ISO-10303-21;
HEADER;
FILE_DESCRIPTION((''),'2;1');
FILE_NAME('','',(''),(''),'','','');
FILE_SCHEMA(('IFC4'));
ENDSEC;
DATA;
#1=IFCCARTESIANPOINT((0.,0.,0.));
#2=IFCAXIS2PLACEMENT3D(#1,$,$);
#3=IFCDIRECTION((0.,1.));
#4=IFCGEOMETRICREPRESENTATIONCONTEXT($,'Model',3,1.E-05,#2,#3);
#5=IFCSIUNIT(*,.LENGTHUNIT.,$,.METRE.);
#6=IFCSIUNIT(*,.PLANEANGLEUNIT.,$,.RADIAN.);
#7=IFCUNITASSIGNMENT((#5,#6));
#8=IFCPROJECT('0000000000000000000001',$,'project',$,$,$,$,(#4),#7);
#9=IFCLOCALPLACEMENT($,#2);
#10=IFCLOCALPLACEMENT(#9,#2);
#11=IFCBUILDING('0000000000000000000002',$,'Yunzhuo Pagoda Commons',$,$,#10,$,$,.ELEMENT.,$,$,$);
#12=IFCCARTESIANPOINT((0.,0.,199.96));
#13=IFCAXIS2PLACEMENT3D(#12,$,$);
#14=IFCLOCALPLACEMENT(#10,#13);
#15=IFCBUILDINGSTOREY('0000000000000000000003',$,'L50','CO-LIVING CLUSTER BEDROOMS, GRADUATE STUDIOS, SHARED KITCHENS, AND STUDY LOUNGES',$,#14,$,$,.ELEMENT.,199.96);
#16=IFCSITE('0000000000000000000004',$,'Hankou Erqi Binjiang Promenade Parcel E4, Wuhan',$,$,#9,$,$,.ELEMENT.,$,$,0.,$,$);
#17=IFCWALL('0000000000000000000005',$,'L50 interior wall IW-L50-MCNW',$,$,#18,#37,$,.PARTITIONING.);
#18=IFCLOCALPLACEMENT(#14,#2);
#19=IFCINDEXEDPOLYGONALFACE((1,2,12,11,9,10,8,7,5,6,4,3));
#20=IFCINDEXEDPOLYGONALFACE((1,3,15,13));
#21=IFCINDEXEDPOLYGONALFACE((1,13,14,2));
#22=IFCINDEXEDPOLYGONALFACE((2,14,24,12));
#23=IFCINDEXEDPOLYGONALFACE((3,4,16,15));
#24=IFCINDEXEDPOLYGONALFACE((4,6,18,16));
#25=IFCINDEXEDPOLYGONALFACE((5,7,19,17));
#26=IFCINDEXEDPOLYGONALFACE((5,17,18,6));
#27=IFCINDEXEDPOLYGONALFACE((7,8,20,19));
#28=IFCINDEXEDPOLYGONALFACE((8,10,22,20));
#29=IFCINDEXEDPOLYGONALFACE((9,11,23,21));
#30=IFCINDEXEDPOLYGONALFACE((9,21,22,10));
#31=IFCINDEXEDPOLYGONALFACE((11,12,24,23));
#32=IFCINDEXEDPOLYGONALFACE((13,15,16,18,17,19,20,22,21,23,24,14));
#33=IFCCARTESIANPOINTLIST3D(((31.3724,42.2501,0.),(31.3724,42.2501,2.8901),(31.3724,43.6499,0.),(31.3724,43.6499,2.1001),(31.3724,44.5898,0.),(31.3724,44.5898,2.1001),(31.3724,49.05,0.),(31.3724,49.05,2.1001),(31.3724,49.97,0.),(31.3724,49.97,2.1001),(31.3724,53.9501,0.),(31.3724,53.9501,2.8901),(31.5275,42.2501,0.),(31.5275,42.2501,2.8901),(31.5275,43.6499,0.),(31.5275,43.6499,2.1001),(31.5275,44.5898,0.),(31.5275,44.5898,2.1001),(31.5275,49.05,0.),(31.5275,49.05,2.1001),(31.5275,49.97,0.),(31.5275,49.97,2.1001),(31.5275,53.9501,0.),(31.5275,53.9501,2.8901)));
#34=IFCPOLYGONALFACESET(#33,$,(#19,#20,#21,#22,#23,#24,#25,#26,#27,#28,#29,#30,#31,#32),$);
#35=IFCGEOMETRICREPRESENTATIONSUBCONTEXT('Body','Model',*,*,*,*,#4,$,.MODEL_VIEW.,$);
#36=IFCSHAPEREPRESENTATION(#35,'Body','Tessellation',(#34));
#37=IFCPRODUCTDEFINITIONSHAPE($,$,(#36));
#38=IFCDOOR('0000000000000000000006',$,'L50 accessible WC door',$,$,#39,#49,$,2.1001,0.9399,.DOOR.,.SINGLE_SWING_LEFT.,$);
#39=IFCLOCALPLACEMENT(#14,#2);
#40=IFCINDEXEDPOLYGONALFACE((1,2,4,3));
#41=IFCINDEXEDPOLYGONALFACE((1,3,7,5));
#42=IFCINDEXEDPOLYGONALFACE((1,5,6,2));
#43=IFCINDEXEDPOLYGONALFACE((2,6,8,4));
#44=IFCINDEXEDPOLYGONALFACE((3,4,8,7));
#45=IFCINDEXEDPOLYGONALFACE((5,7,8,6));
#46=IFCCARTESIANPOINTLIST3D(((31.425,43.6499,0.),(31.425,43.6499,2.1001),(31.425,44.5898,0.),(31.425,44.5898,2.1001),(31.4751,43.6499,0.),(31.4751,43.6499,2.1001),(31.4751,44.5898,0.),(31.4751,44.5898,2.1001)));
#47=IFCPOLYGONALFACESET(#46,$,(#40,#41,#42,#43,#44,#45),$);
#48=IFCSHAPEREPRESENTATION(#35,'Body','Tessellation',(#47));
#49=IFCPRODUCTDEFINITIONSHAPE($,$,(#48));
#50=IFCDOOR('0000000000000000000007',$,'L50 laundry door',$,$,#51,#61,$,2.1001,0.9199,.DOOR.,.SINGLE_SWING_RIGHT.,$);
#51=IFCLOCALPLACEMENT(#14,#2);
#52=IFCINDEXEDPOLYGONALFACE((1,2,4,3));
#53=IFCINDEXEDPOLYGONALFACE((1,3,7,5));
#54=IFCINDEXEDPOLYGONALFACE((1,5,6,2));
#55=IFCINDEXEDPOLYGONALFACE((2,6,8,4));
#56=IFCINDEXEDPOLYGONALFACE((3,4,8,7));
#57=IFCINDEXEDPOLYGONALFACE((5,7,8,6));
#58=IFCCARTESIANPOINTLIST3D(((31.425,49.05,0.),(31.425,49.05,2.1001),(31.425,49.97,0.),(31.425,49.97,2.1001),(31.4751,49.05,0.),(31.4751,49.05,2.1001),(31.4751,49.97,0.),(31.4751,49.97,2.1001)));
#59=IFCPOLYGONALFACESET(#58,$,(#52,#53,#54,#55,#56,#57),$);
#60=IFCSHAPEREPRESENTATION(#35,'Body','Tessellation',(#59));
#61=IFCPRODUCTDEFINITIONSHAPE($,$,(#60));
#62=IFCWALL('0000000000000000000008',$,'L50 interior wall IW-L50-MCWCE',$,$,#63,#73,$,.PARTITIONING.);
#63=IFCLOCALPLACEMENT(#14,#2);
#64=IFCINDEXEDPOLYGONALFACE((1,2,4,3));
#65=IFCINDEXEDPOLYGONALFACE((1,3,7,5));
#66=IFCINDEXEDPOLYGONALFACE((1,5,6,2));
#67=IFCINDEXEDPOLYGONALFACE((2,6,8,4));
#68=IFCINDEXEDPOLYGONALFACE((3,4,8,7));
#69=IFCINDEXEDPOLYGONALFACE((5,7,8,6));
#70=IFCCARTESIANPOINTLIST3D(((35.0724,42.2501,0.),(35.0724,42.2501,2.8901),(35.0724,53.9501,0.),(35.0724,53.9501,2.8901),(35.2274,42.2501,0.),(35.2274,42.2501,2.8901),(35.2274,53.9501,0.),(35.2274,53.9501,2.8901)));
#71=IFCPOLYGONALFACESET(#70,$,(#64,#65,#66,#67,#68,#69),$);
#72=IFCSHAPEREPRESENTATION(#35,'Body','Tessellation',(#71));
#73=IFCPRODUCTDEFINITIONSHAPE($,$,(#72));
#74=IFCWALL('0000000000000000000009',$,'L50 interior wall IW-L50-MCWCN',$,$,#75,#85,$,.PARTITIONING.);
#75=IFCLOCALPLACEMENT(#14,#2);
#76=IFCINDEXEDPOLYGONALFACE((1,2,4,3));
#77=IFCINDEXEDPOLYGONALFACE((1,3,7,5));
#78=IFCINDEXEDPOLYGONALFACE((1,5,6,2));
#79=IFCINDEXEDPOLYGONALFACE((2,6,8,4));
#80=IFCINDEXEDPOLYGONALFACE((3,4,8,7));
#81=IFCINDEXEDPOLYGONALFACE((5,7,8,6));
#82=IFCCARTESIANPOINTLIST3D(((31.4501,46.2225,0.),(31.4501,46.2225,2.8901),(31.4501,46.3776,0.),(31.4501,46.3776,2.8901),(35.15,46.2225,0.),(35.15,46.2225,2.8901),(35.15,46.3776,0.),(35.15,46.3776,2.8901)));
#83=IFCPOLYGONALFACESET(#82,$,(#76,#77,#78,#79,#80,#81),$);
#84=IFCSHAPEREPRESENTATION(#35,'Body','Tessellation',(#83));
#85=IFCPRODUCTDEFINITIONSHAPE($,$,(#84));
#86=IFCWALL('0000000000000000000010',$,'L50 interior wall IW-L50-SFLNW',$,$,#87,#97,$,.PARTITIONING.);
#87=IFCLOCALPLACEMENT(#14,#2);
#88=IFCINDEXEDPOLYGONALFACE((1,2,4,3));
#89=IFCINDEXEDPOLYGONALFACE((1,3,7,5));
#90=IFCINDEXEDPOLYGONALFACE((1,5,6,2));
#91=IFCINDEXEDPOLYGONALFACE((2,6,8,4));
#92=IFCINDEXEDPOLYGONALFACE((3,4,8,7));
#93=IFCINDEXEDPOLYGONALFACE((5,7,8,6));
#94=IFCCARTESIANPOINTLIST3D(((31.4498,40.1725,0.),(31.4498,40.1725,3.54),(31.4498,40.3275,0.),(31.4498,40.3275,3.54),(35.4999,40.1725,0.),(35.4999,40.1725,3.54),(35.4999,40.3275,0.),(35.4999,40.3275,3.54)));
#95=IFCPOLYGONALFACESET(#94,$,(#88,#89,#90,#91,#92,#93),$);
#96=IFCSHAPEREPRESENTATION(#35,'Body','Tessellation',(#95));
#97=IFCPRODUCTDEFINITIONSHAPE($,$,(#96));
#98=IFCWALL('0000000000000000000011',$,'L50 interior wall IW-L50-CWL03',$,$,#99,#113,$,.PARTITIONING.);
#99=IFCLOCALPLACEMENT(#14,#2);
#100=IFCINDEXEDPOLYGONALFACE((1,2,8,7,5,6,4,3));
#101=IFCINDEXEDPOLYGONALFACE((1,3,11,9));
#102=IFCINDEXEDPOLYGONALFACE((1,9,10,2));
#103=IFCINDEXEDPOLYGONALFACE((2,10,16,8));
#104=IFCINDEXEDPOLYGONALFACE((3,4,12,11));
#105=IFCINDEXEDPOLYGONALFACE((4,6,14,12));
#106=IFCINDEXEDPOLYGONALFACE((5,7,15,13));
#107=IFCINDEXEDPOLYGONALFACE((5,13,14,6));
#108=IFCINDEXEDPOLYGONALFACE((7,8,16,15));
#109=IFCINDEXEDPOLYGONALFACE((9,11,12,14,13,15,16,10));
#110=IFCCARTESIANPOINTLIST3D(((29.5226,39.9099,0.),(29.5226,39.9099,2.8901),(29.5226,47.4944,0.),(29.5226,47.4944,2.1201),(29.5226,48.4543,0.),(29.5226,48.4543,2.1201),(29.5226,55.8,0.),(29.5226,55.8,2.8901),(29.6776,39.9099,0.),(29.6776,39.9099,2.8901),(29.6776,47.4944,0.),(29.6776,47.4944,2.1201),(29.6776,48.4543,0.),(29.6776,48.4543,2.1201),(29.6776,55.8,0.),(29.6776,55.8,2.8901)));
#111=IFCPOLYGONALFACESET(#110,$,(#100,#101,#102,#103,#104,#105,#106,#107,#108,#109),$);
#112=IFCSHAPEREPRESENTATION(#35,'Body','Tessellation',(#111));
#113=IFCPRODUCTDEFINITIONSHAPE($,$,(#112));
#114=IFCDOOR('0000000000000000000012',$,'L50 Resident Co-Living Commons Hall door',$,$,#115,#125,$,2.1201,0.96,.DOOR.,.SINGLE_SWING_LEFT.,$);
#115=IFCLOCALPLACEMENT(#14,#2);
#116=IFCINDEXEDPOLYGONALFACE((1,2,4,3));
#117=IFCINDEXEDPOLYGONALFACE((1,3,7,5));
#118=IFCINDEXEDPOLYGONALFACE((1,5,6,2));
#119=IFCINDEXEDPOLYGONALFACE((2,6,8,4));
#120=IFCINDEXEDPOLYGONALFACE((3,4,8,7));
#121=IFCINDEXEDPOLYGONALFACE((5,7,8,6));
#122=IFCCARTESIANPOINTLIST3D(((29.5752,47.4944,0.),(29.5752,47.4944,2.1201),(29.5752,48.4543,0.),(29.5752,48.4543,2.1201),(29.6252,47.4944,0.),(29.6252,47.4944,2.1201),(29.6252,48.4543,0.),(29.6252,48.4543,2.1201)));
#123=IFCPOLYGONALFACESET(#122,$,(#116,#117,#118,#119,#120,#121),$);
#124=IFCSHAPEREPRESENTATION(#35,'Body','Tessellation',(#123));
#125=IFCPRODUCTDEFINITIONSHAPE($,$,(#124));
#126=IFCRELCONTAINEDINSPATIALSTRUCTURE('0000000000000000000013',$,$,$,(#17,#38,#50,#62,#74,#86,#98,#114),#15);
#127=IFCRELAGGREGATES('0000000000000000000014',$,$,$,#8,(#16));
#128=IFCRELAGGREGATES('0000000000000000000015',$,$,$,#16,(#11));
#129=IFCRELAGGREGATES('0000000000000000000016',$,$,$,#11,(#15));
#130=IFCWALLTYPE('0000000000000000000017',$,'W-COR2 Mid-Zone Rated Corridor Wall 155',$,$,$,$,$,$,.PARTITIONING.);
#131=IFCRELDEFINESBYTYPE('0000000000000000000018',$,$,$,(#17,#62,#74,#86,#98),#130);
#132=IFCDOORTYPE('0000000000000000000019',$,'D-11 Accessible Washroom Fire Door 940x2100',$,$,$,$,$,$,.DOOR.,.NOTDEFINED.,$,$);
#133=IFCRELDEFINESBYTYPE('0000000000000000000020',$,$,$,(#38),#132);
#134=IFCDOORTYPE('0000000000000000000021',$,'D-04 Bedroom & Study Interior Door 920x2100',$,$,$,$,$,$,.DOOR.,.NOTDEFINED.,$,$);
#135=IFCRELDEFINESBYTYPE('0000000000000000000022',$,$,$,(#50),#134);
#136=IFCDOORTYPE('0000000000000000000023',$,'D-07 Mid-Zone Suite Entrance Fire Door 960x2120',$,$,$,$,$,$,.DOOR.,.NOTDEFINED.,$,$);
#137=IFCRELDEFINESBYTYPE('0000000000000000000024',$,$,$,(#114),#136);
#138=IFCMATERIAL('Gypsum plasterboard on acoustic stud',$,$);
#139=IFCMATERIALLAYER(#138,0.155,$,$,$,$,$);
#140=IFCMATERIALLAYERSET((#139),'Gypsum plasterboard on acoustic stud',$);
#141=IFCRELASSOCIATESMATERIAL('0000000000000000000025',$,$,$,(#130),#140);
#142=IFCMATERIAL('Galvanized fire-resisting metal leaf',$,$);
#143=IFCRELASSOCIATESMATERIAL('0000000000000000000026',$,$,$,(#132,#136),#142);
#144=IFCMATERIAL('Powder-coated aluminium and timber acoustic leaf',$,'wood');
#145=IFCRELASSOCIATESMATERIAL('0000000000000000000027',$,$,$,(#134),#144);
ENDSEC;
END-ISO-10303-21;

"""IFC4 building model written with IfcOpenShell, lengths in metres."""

from ifc_helpers import new_model, si_unit, direction, frame, frame_2d, origin, origin_with_axes, place, context, subcontext, project, spatial, rectangle, extrude, source, transform, mapped, material, layer, layer_set, type_object, element, fill, save


model = new_model("IFC4")

# Units and contexts
model_context = context("Model", 3, precision=1e-05, world=origin(), true_north=direction((0.0, 1.0)))
body_context = subcontext(model_context, "Body", "Model", "MODEL_VIEW")
ifc_project = project(units=[si_unit("LENGTHUNIT", "METRE"), si_unit("PLANEANGLEUNIT", "RADIAN")], contexts=[model_context])

# Site, building, storey
site_placement = place(None, origin())
site = spatial("IfcSite", under=ifc_project, at=site_placement, Name="Hankou Erqi Binjiang Promenade Parcel E4, Wuhan", CompositionType="ELEMENT", RefElevation=0.0)
building_placement = place(site_placement, origin())
building = spatial("IfcBuilding", under=site, at=building_placement, Name="Yunzhuo Pagoda Commons", CompositionType="ELEMENT")
storey_placement = place(building_placement, frame((0.0, 0.0, 199.96)))
storey = spatial("IfcBuildingStorey", under=building, at=storey_placement, Name="L50", Description="CO-LIVING CLUSTER BEDROOMS, GRADUATE STUDIOS, SHARED KITCHENS, AND STUDY LOUNGES", CompositionType="ELEMENT", Elevation=199.96)

# Shared definitions
ifc_material_1 = material(Name="Galvanized fire-resisting metal leaf")

# Shared definitions
ifc_material_2 = material(Name="Gypsum plasterboard on acoustic stud")
ifc_layer_1 = layer(ifc_material_2, 0.155)
ifc_layer_set_1 = layer_set([ifc_layer_1], Name="Gypsum plasterboard on acoustic stud")
wall_type_1 = type_object("IfcWallType", Name="W-COR2 Mid-Zone Rated Corridor Wall 155", PredefinedType="PARTITIONING", material=ifc_layer_set_1)

# Wall, openings, doors
wall_1_placement = place(storey_placement, frame((31.45, 42.25, 0.0), z_axis=(0.0, 0.0, 1.0), x_axis=(0.0, 1.0, 0.0)))
wall_1 = element("IfcWall", 1, at=wall_1_placement, inside=storey, type_object=wall_type_1, Name="L50 interior wall IW-L50-MCNW", PredefinedType="PARTITIONING", context=body_context, shape_type="SweptSolid", body=[
    extrude(rectangle(XDim=11.7, YDim=0.155, at=frame_2d((5.8501, 0.0))), origin(), (0.0, 0.0, 1.0), 2.8901),
])
opening_1_placement = place(wall_1_placement, frame((1.3999, 0.0, 0.0)))
opening_1 = element("IfcOpeningElement", 2, at=opening_1_placement, cuts=wall_1, PredefinedType="OPENING", context=body_context, shape_type="SweptSolid", body=[
    extrude(rectangle(XDim=0.9399, YDim=2.1001, at=frame_2d((0.47, 1.05))), frame((0.0, 0.0874, 0.0), z_axis=(0.0, -1.0, 0.0), x_axis=(1.0, 0.0, 0.0)), (0.0, 0.0, 1.0), 0.175),
])
opening_2_placement = place(wall_1_placement, frame((6.8, 0.0, 0.0)))
opening_2 = element("IfcOpeningElement", 3, at=opening_2_placement, cuts=wall_1, PredefinedType="OPENING", context=body_context, shape_type="SweptSolid", body=[
    extrude(rectangle(XDim=0.9199, YDim=2.1001, at=frame_2d((0.46, 1.05))), frame((0.0, 0.0874, 0.0), z_axis=(0.0, -1.0, 0.0), x_axis=(1.0, 0.0, 0.0)), (0.0, 0.0, 1.0), 0.175),
])
door_type_1 = type_object("IfcDoorType", Name="D-11 Accessible Washroom Fire Door 940x2100", OperationType="NOTDEFINED", PredefinedType="DOOR", material=ifc_material_1)
shared_shape_1 = source(origin(), body_context, "Body", "SweptSolid", [
    extrude(rectangle(XDim=0.9399, YDim=2.1001, at=frame_2d((0.47, 1.05))), frame((0.0, 0.0249, 0.0), z_axis=(0.0, -1.0, 0.0), x_axis=(1.0, 0.0, 0.0)), (0.0, 0.0, 1.0), 0.05),
])
door_1_placement = place(opening_1_placement, origin_with_axes())
door_1 = element("IfcDoor", 4, at=door_1_placement, inside=storey, type_object=door_type_1, Name="L50 accessible WC door", OperationType="SINGLE_SWING_LEFT", OverallHeight=2.1001, OverallWidth=0.9399, PredefinedType="DOOR", context=body_context, shape_type="MappedRepresentation", body=[
    mapped(shared_shape_1, transform((0.0, 0.0, 0.0), scale=1.0)),
])
fill(opening_1, door_1)
ifc_material_3 = material(Name="Powder-coated aluminium and timber acoustic leaf", Category="wood")
door_type_2 = type_object("IfcDoorType", Name="D-04 Bedroom & Study Interior Door 920x2100", OperationType="NOTDEFINED", PredefinedType="DOOR", material=ifc_material_3)
shared_shape_2 = source(origin(), body_context, "Body", "SweptSolid", [
    extrude(rectangle(XDim=0.9199, YDim=2.1001, at=frame_2d((0.46, 1.05))), frame((0.0, 0.0249, 0.0), z_axis=(0.0, -1.0, 0.0), x_axis=(1.0, 0.0, 0.0)), (0.0, 0.0, 1.0), 0.05),
])
door_2_placement = place(opening_2_placement, origin_with_axes())
door_2 = element("IfcDoor", 5, at=door_2_placement, inside=storey, type_object=door_type_2, Name="L50 laundry door", OperationType="SINGLE_SWING_RIGHT", OverallHeight=2.1001, OverallWidth=0.9199, PredefinedType="DOOR", context=body_context, shape_type="MappedRepresentation", body=[
    mapped(shared_shape_2, transform((0.0, 0.0, 0.0), scale=1.0)),
])
fill(opening_2, door_2)

# Walls
wall_2_placement = place(storey_placement, frame((35.1499, 42.25, 0.0), z_axis=(0.0, 0.0, 1.0), x_axis=(0.0, 1.0, 0.0)))
element("IfcWall", 6, at=wall_2_placement, inside=storey, type_object=wall_type_1, Name="L50 interior wall IW-L50-MCWCE", PredefinedType="PARTITIONING", context=body_context, shape_type="SweptSolid", body=[
    extrude(rectangle(XDim=11.7, YDim=0.155, at=frame_2d((5.8501, 0.0))), origin(), (0.0, 0.0, 1.0), 2.8901),
])
wall_3_placement = place(storey_placement, frame((31.45, 46.3, 0.0), z_axis=(0.0, 0.0, 1.0), x_axis=(1.0, 0.0, 0.0)))
element("IfcWall", 7, at=wall_3_placement, inside=storey, type_object=wall_type_1, Name="L50 interior wall IW-L50-MCWCN", PredefinedType="PARTITIONING", context=body_context, shape_type="SweptSolid", body=[
    extrude(rectangle(XDim=3.7, YDim=0.155, at=frame_2d((1.8501, 0.0))), origin(), (0.0, 0.0, 1.0), 2.8901),
])
wall_4_placement = place(storey_placement, frame((31.45, 40.25, 0.0), z_axis=(0.0, 0.0, 1.0), x_axis=(1.0, 0.0, 0.0)))
element("IfcWall", 8, at=wall_4_placement, inside=storey, type_object=wall_type_1, Name="L50 interior wall IW-L50-SFLNW", PredefinedType="PARTITIONING", context=body_context, shape_type="SweptSolid", body=[
    extrude(rectangle(XDim=4.05, YDim=0.155, at=frame_2d((2.0249, 0.0))), origin(), (0.0, 0.0, 1.0), 3.54),
])

# Wall, opening, door
wall_5_placement = place(storey_placement, frame((29.6001, 39.9099, 0.0), z_axis=(0.0, 0.0, 1.0), x_axis=(0.0, 1.0, 0.0)))
wall_5 = element("IfcWall", 9, at=wall_5_placement, inside=storey, type_object=wall_type_1, Name="L50 interior wall IW-L50-CWL03", PredefinedType="PARTITIONING", context=body_context, shape_type="SweptSolid", body=[
    extrude(rectangle(XDim=15.8901, YDim=0.155, at=frame_2d((7.9451, 0.0))), origin(), (0.0, 0.0, 1.0), 2.8901),
])
opening_3_placement = place(wall_5_placement, frame((7.5845, 0.0, 0.0)))
opening_3 = element("IfcOpeningElement", 10, at=opening_3_placement, cuts=wall_5, PredefinedType="OPENING", context=body_context, shape_type="SweptSolid", body=[
    extrude(rectangle(XDim=0.96, YDim=2.1201, at=frame_2d((0.48, 1.0601))), frame((0.0, 0.0874, 0.0), z_axis=(0.0, -1.0, 0.0), x_axis=(1.0, 0.0, 0.0)), (0.0, 0.0, 1.0), 0.175),
])
door_type_3 = type_object("IfcDoorType", Name="D-07 Mid-Zone Suite Entrance Fire Door 960x2120", OperationType="NOTDEFINED", PredefinedType="DOOR", material=ifc_material_1)
shared_shape_3 = source(origin(), body_context, "Body", "SweptSolid", [
    extrude(rectangle(XDim=0.96, YDim=2.1201, at=frame_2d((0.48, 1.0601))), frame((0.0, 0.0249, 0.0), z_axis=(0.0, -1.0, 0.0), x_axis=(1.0, 0.0, 0.0)), (0.0, 0.0, 1.0), 0.05),
])
door_3_placement = place(opening_3_placement, origin_with_axes())
door_3 = element("IfcDoor", 11, at=door_3_placement, inside=storey, type_object=door_type_3, Name="L50 Resident Co-Living Commons Hall door", OperationType="SINGLE_SWING_LEFT", OverallHeight=2.1201, OverallWidth=0.96, PredefinedType="DOOR", context=body_context, shape_type="MappedRepresentation", body=[
    mapped(shared_shape_3, transform((0.0, 0.0, 0.0), scale=1.0)),
])
fill(opening_3, door_3)

save(model, "model.ifc")
